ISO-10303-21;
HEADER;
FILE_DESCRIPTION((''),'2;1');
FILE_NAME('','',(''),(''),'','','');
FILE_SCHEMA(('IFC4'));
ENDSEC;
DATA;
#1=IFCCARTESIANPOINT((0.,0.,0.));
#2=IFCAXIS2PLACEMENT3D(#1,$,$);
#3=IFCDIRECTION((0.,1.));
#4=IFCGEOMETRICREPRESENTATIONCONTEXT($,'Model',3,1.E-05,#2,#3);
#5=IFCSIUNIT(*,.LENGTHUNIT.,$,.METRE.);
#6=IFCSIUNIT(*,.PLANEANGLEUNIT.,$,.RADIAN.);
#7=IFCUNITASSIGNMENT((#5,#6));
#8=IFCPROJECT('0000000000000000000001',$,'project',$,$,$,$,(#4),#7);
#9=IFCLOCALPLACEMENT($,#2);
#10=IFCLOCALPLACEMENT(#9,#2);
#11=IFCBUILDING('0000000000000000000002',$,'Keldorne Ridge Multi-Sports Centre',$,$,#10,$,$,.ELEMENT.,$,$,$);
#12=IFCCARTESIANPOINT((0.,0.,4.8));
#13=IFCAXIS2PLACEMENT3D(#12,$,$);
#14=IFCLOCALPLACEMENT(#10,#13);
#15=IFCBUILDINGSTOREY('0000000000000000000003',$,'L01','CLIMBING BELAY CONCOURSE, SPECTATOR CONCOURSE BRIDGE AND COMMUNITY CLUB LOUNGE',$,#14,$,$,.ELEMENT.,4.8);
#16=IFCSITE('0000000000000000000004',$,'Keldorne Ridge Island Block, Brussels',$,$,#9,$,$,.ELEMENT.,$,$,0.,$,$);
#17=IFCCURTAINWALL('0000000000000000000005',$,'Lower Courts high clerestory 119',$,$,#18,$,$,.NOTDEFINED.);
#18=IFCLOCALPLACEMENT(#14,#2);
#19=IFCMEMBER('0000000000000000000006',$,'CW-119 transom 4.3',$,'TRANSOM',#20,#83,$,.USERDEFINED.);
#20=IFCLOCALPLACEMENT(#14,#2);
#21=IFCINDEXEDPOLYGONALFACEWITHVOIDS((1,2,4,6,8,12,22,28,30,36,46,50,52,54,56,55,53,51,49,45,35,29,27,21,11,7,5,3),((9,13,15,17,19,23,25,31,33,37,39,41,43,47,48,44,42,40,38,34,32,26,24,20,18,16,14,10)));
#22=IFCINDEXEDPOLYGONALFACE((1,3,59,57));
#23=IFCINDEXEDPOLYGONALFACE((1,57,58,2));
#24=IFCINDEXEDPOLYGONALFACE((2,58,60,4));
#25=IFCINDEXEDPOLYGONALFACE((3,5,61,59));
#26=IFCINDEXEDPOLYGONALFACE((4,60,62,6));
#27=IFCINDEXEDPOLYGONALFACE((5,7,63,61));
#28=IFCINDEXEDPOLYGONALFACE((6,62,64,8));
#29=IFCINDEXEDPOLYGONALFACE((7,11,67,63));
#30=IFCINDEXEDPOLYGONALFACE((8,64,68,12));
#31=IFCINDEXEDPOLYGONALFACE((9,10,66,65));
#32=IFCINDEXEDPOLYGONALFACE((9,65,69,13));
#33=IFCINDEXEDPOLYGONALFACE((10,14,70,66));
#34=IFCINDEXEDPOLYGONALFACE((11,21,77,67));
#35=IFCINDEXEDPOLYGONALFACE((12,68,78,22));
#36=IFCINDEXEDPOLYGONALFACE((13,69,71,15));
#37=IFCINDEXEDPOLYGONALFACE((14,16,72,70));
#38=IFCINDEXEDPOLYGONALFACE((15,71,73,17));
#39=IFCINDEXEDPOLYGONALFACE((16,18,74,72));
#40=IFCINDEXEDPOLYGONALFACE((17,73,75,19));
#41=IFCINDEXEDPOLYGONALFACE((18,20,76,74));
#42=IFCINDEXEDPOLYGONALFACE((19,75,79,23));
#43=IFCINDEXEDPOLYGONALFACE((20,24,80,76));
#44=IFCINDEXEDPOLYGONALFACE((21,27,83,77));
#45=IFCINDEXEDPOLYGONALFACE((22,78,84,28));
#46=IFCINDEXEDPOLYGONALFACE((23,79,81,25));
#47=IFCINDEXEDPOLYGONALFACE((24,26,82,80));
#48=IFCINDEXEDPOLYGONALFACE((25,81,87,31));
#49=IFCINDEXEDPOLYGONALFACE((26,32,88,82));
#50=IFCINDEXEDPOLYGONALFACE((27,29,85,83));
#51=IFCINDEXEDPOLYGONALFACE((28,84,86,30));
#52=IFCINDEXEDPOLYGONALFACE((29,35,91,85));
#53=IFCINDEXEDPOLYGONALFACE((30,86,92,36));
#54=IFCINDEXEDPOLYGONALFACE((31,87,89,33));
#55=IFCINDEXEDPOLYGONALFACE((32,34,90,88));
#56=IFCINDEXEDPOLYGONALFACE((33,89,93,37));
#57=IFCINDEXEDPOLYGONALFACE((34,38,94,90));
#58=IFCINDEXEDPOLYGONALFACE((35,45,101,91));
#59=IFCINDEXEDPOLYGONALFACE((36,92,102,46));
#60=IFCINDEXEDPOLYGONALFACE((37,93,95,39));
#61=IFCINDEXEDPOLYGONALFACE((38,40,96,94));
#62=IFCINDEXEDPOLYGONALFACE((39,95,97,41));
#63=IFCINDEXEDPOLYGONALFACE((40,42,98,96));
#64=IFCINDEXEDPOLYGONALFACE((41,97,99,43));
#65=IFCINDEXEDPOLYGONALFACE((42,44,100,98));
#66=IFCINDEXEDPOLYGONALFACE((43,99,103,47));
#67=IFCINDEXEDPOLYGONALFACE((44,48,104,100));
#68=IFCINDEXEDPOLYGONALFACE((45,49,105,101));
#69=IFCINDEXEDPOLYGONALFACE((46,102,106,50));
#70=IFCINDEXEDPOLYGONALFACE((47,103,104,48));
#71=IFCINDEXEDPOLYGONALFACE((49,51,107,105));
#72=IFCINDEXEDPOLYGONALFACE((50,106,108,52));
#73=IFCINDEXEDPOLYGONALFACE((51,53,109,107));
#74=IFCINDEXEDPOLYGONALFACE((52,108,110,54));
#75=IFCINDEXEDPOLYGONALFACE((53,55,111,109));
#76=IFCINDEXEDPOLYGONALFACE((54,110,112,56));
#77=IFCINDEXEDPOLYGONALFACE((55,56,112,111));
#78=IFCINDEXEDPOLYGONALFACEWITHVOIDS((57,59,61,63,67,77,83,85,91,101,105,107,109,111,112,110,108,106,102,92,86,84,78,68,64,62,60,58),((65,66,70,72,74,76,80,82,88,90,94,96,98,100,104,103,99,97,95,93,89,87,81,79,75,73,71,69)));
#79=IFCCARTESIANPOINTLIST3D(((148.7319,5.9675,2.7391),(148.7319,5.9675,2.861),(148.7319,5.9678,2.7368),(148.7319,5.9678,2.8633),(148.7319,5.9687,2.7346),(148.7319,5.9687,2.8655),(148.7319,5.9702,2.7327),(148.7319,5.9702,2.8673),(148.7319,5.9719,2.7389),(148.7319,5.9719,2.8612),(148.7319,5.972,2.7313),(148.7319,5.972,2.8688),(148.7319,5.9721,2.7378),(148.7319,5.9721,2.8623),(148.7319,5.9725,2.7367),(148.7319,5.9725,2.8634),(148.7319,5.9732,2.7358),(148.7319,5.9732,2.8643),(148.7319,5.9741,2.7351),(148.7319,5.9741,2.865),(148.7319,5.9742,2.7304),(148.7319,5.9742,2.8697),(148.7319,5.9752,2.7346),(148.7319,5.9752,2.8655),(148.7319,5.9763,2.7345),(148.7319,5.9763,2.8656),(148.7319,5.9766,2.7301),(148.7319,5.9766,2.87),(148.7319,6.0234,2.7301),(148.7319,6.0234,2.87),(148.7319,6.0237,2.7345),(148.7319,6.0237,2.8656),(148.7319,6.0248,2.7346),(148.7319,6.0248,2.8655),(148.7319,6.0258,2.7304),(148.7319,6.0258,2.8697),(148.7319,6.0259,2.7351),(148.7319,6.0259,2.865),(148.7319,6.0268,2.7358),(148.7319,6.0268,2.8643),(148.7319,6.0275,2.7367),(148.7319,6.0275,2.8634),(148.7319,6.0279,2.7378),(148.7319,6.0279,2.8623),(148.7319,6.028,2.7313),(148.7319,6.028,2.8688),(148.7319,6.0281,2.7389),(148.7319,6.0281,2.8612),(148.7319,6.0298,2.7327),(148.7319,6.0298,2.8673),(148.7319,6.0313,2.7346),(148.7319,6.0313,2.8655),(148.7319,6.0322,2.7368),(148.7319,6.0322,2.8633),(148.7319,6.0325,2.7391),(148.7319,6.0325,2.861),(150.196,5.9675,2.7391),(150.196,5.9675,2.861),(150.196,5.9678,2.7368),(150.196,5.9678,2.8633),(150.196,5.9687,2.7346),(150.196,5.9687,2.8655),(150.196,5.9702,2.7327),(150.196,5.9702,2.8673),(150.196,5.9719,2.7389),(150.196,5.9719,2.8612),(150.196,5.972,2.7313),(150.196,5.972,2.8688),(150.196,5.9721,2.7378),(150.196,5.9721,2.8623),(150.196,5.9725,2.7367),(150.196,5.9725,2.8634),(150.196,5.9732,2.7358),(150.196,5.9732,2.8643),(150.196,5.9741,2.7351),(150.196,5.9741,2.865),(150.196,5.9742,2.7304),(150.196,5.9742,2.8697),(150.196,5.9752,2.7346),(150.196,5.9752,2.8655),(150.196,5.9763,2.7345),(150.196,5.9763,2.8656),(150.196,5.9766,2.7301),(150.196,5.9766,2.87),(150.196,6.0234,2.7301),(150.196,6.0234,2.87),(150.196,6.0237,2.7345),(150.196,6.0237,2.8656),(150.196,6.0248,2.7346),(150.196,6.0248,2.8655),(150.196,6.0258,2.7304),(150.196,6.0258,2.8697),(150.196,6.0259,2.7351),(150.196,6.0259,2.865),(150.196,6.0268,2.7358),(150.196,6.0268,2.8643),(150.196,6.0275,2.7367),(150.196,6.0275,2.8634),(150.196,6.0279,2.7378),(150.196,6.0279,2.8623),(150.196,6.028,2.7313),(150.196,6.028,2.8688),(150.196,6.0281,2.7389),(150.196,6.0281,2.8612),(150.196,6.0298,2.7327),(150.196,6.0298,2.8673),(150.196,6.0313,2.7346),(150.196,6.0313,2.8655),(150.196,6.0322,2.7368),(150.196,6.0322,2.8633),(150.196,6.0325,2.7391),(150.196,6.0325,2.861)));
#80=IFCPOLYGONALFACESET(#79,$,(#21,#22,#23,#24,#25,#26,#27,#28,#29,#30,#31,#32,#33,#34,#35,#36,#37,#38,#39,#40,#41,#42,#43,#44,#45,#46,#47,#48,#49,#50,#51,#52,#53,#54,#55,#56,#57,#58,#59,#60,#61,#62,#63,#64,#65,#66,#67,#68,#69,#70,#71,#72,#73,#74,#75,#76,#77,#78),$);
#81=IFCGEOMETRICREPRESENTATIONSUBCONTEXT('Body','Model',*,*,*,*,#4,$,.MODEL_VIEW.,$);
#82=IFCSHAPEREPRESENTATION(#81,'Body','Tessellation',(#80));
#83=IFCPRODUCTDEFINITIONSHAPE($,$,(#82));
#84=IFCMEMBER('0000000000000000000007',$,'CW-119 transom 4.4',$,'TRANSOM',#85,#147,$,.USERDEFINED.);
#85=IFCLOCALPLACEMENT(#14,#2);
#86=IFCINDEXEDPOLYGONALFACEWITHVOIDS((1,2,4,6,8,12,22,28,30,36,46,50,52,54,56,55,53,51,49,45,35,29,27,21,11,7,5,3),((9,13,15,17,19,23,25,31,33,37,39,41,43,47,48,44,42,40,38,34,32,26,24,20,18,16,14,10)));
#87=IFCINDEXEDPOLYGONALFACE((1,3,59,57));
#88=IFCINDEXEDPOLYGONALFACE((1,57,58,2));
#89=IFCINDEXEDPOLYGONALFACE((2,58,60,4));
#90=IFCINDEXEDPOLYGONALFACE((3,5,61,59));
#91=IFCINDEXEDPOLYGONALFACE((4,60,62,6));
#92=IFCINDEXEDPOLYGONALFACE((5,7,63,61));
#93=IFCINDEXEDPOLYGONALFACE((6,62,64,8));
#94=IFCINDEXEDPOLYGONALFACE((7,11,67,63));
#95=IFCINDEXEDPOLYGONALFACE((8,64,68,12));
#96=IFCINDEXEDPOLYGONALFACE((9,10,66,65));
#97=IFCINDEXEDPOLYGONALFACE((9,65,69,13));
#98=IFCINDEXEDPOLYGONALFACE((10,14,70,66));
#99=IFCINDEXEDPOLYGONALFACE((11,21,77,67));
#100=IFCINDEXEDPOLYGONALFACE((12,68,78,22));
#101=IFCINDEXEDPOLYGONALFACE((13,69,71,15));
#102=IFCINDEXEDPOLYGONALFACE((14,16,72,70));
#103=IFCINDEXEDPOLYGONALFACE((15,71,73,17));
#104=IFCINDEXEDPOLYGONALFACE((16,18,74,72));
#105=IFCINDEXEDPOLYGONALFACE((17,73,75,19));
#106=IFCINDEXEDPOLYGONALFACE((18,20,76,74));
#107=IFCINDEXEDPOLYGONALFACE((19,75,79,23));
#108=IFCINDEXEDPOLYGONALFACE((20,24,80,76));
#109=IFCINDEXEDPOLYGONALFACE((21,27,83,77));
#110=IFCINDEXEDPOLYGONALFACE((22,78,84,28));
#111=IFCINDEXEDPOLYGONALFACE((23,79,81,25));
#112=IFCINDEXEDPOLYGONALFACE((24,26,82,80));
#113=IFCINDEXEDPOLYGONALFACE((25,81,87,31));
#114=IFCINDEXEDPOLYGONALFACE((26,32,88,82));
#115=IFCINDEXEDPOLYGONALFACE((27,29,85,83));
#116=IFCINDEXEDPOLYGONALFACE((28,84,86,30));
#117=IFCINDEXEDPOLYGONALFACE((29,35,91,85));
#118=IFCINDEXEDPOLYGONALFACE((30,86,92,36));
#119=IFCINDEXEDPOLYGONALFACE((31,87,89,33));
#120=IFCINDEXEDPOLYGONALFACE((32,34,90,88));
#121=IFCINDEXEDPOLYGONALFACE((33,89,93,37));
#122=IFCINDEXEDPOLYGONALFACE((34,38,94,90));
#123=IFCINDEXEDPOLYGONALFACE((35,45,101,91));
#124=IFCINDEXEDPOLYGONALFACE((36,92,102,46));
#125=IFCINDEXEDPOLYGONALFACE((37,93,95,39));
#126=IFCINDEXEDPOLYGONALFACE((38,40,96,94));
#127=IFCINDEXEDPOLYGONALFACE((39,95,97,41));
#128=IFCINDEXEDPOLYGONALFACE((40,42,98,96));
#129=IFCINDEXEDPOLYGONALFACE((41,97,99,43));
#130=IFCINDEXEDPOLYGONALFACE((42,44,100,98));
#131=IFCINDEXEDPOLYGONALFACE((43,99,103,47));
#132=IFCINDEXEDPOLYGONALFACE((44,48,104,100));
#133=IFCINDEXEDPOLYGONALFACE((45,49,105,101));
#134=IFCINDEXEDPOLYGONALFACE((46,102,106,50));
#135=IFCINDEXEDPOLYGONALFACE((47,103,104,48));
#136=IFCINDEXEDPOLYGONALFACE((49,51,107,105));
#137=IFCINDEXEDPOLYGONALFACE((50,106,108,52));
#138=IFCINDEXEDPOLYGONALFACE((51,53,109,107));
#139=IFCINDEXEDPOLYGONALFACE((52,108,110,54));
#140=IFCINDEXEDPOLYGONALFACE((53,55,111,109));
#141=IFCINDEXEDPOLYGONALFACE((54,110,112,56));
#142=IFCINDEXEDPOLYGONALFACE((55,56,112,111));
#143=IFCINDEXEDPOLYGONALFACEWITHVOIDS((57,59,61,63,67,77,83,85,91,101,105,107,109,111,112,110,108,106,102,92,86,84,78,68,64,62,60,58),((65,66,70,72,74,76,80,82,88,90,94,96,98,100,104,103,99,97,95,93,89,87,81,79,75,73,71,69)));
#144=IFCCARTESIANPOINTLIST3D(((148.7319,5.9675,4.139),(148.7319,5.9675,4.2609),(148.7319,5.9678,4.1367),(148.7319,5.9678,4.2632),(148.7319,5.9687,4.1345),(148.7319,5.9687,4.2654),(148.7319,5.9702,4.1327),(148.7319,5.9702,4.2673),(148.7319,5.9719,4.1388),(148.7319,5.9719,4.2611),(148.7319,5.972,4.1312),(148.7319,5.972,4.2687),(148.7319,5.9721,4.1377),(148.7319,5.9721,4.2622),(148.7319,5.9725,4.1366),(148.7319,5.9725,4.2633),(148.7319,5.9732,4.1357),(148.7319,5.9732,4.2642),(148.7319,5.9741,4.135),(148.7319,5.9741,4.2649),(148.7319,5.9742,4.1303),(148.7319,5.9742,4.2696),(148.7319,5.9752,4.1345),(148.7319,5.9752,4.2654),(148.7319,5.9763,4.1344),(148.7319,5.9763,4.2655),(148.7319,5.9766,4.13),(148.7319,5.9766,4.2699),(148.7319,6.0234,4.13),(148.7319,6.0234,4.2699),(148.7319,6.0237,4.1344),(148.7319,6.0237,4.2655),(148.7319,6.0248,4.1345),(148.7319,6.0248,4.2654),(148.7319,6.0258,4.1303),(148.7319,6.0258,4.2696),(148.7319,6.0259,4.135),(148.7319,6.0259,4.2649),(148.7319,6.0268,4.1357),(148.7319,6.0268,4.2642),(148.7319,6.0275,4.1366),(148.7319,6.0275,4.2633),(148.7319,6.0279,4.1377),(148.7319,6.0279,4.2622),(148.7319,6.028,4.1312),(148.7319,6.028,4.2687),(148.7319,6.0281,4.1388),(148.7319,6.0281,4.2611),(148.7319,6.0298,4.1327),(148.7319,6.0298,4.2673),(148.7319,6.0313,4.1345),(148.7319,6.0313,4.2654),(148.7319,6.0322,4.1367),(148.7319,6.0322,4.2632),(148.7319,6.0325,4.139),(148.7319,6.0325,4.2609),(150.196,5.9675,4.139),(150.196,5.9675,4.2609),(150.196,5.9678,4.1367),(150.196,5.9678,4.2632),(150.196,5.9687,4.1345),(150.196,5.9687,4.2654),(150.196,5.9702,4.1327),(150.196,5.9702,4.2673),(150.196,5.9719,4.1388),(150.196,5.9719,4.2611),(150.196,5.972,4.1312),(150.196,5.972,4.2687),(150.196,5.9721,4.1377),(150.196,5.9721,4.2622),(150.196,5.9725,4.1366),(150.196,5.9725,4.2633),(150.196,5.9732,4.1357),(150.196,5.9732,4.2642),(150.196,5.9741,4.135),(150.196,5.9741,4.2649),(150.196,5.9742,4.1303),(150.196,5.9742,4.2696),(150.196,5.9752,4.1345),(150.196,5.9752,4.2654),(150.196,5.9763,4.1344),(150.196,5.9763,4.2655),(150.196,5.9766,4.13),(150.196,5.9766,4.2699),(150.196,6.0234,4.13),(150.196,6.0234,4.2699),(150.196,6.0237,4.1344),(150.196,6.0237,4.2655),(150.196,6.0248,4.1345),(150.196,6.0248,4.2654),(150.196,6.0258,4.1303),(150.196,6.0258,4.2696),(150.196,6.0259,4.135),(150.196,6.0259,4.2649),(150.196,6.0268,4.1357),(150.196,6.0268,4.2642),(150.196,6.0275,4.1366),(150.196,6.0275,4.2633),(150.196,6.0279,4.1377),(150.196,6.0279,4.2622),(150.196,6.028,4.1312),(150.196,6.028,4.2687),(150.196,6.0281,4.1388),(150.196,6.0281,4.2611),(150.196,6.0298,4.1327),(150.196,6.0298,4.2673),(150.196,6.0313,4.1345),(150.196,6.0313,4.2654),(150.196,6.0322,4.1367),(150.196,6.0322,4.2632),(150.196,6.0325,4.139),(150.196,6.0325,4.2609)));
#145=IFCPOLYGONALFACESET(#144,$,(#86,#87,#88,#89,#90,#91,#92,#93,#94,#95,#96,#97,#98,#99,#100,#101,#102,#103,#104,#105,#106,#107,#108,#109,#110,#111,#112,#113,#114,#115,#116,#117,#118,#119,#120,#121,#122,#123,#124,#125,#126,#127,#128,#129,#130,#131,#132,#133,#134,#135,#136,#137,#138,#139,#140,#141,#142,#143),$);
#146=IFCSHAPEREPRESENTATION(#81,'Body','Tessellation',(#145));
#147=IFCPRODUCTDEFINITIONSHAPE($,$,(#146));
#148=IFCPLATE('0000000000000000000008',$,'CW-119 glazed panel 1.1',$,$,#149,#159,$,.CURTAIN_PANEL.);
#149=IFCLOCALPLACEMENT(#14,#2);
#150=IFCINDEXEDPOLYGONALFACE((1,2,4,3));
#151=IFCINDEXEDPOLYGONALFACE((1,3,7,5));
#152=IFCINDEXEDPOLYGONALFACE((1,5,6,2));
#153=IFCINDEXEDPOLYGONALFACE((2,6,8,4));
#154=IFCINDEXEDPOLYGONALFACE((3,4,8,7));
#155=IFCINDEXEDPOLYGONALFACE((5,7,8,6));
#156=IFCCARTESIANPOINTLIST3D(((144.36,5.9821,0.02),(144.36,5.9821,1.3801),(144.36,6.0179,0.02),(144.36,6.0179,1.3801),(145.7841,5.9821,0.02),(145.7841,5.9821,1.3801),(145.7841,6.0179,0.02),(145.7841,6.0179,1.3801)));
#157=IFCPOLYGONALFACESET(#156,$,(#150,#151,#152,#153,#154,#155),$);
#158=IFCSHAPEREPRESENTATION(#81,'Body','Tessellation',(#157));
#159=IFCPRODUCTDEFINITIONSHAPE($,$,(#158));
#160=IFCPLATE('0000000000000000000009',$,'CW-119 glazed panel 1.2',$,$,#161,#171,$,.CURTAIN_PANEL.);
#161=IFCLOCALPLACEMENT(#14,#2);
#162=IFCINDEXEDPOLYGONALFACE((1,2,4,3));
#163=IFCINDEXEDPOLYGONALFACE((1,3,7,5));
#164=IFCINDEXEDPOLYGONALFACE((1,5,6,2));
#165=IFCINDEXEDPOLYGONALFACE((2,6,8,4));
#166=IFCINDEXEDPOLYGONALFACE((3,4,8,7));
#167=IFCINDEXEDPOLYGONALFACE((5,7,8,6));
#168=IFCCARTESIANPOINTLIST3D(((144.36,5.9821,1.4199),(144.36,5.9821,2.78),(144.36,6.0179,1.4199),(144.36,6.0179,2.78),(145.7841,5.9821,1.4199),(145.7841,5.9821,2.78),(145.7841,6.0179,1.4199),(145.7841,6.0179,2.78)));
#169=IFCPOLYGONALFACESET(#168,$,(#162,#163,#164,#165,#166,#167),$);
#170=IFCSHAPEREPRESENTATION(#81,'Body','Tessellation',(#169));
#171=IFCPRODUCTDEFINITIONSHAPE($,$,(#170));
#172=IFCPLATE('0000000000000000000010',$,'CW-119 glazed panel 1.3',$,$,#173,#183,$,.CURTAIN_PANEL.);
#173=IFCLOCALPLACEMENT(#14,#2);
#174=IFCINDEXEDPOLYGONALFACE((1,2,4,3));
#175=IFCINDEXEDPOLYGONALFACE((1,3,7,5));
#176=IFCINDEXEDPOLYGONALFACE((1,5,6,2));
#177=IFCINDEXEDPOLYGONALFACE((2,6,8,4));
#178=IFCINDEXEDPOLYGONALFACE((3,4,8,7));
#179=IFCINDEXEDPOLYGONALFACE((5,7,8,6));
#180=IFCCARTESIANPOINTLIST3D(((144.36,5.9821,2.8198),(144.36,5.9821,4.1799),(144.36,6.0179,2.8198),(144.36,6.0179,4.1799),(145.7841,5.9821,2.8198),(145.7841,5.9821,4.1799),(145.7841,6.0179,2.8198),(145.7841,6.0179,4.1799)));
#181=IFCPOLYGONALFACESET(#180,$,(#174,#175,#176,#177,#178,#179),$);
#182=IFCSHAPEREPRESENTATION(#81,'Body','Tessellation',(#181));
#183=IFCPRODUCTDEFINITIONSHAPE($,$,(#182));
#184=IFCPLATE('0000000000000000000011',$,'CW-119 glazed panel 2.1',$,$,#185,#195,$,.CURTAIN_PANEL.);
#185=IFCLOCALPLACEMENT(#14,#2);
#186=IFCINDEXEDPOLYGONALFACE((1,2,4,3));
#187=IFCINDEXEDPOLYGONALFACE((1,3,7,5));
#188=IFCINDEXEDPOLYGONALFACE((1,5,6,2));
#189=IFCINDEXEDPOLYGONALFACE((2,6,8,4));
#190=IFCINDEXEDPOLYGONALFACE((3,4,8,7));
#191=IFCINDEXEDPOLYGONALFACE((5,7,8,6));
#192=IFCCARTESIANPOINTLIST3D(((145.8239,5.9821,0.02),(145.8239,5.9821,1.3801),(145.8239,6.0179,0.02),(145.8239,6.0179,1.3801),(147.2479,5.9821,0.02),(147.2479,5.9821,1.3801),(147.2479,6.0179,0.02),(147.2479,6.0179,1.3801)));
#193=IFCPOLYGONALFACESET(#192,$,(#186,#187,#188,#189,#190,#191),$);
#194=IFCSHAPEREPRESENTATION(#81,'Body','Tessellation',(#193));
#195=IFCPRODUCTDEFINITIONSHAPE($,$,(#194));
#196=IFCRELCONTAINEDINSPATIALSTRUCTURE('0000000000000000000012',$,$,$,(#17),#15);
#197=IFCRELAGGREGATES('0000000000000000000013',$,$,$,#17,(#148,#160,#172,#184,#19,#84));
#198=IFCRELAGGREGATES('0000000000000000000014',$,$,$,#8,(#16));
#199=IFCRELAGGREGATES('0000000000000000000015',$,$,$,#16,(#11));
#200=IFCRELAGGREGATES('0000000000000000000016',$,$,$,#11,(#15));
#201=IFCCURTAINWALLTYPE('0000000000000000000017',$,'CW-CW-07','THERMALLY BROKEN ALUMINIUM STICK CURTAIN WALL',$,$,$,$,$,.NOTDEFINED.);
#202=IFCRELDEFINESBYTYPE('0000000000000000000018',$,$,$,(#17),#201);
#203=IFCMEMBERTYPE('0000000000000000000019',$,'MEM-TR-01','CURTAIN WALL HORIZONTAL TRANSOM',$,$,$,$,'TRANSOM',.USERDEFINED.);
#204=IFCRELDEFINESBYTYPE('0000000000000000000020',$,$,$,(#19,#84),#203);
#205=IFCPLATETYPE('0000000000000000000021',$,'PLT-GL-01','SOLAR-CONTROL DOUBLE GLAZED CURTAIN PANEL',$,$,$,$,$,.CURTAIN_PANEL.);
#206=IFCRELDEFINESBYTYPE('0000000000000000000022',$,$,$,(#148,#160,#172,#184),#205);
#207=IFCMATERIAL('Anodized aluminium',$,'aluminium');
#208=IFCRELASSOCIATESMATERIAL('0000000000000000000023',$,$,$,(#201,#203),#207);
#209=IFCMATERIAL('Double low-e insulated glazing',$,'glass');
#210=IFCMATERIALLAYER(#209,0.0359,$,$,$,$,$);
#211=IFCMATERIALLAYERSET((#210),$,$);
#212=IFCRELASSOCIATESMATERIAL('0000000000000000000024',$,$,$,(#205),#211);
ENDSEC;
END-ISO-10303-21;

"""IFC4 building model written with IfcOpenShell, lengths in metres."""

from ifc_helpers import new_model, si_unit, direction, frame, origin, origin_2d, place, context, subcontext, project, spatial, rectangle, hollow_rectangle, extrude, material, layer, layer_set, material_profile, profile_set, type_object, element, aggregate, save


model = new_model("IFC4")

# Units and contexts
model_context = context("Model", 3, precision=1e-05, world=origin(), true_north=direction((0.0, 1.0)))
body_context = subcontext(model_context, "Body", "Model", "MODEL_VIEW")
ifc_project = project(units=[si_unit("LENGTHUNIT", "METRE"), si_unit("PLANEANGLEUNIT", "RADIAN")], contexts=[model_context])

# Site, building, storey
site_placement = place(None, origin())
site = spatial("IfcSite", under=ifc_project, at=site_placement, Name="Keldorne Ridge Island Block, Brussels", CompositionType="ELEMENT", RefElevation=0.0)
building_placement = place(site_placement, origin())
building = spatial("IfcBuilding", under=site, at=building_placement, Name="Keldorne Ridge Multi-Sports Centre", CompositionType="ELEMENT")
storey_placement = place(building_placement, frame((0.0, 0.0, 4.8)))
storey = spatial("IfcBuildingStorey", under=building, at=storey_placement, Name="L01", Description="CLIMBING BELAY CONCOURSE, SPECTATOR CONCOURSE BRIDGE AND COMMUNITY CLUB LOUNGE", CompositionType="ELEMENT", Elevation=4.8)

# Curtain wall, members, plates
ifc_material_1 = material(Name="Anodized aluminium", Category="aluminium")
curtain_wall_type = type_object("IfcCurtainWallType", Name="CW-CW-07", Description="THERMALLY BROKEN ALUMINIUM STICK CURTAIN WALL", PredefinedType="NOTDEFINED", material=ifc_material_1)
curtain_wall_placement = place(storey_placement, origin())
curtain_wall = element("IfcCurtainWall", 1, at=curtain_wall_placement, inside=storey, type_object=curtain_wall_type, Name="Lower Courts high clerestory 119", PredefinedType="NOTDEFINED")
ifc_material_profile_1 = material_profile(ifc_material_1, hollow_rectangle(XDim=0.0649, YDim=0.1399, WallThickness=0.0044, InnerFilletRadius=0.0044, OuterFilletRadius=0.009, at=origin_2d()), Name="ALU TRANSOM 140x65x4.5")
ifc_profile_set_1 = profile_set([ifc_material_profile_1], Name="Anodized aluminium")
member_type_1 = type_object("IfcMemberType", Name="MEM-TR-01", Description="CURTAIN WALL HORIZONTAL TRANSOM", ElementType="TRANSOM", PredefinedType="USERDEFINED", material=ifc_profile_set_1)
member_1_placement = place(storey_placement, frame((148.7319, 6.0, 2.8), z_axis=(1.0, 0.0, 0.0), x_axis=(0.0, 1.0, 0.0)))
member_1 = element("IfcMember", 2, at=member_1_placement, type_object=member_type_1, Name="CW-119 transom 4.3", ObjectType="TRANSOM", PredefinedType="USERDEFINED", context=body_context, shape_type="SweptSolid", body=[
    extrude(hollow_rectangle(XDim=0.0649, YDim=0.1399, WallThickness=0.0044, InnerFilletRadius=0.0044, OuterFilletRadius=0.009, at=origin_2d()), origin(), (0.0, 0.0, 1.0), 1.4641),
])
member_2_placement = place(storey_placement, frame((148.7319, 6.0, 4.2), z_axis=(1.0, 0.0, 0.0), x_axis=(0.0, 1.0, 0.0)))
member_2 = element("IfcMember", 3, at=member_2_placement, type_object=member_type_1, Name="CW-119 transom 4.4", ObjectType="TRANSOM", PredefinedType="USERDEFINED", context=body_context, shape_type="SweptSolid", body=[
    extrude(hollow_rectangle(XDim=0.0649, YDim=0.1399, WallThickness=0.0044, InnerFilletRadius=0.0044, OuterFilletRadius=0.009, at=origin_2d()), origin(), (0.0, 0.0, 1.0), 1.4641),
])
ifc_material_2 = material(Name="Double low-e insulated glazing", Category="glass")
ifc_layer = layer(ifc_material_2, 0.0359)
ifc_layer_set = layer_set([ifc_layer])
plate_type = type_object("IfcPlateType", Name="PLT-GL-01", Description="SOLAR-CONTROL DOUBLE GLAZED CURTAIN PANEL", PredefinedType="CURTAIN_PANEL", material=ifc_layer_set)
plate_1_placement = place(storey_placement, frame((145.072, 6.0, 0.02), z_axis=(0.0, 0.0, 1.0), x_axis=(1.0, 0.0, 0.0)))
plate_1 = element("IfcPlate", 4, at=plate_1_placement, type_object=plate_type, Name="CW-119 glazed panel 1.1", PredefinedType="CURTAIN_PANEL", context=body_context, shape_type="SweptSolid", body=[
    extrude(rectangle(XDim=1.4241, YDim=0.0359, at=origin_2d()), origin(), (0.0, 0.0, 1.0), 1.3601),
])
plate_2_placement = place(storey_placement, frame((145.072, 6.0, 1.4199), z_axis=(0.0, 0.0, 1.0), x_axis=(1.0, 0.0, 0.0)))
plate_2 = element("IfcPlate", 5, at=plate_2_placement, type_object=plate_type, Name="CW-119 glazed panel 1.2", PredefinedType="CURTAIN_PANEL", context=body_context, shape_type="SweptSolid", body=[
    extrude(rectangle(XDim=1.4241, YDim=0.0359, at=origin_2d()), origin(), (0.0, 0.0, 1.0), 1.3601),
])
plate_3_placement = place(storey_placement, frame((145.072, 6.0, 2.8198), z_axis=(0.0, 0.0, 1.0), x_axis=(1.0, 0.0, 0.0)))
plate_3 = element("IfcPlate", 6, at=plate_3_placement, type_object=plate_type, Name="CW-119 glazed panel 1.3", PredefinedType="CURTAIN_PANEL", context=body_context, shape_type="SweptSolid", body=[
    extrude(rectangle(XDim=1.4241, YDim=0.0359, at=origin_2d()), origin(), (0.0, 0.0, 1.0), 1.3601),
])
plate_4_placement = place(storey_placement, frame((146.5359, 6.0, 0.02), z_axis=(0.0, 0.0, 1.0), x_axis=(1.0, 0.0, 0.0)))
plate_4 = element("IfcPlate", 7, at=plate_4_placement, type_object=plate_type, Name="CW-119 glazed panel 2.1", PredefinedType="CURTAIN_PANEL", context=body_context, shape_type="SweptSolid", body=[
    extrude(rectangle(XDim=1.4241, YDim=0.0359, at=origin_2d()), origin(), (0.0, 0.0, 1.0), 1.3601),
])
aggregate(curtain_wall, [plate_1, plate_2, plate_3, plate_4, member_1, member_2])

save(model, "model.ifc")
